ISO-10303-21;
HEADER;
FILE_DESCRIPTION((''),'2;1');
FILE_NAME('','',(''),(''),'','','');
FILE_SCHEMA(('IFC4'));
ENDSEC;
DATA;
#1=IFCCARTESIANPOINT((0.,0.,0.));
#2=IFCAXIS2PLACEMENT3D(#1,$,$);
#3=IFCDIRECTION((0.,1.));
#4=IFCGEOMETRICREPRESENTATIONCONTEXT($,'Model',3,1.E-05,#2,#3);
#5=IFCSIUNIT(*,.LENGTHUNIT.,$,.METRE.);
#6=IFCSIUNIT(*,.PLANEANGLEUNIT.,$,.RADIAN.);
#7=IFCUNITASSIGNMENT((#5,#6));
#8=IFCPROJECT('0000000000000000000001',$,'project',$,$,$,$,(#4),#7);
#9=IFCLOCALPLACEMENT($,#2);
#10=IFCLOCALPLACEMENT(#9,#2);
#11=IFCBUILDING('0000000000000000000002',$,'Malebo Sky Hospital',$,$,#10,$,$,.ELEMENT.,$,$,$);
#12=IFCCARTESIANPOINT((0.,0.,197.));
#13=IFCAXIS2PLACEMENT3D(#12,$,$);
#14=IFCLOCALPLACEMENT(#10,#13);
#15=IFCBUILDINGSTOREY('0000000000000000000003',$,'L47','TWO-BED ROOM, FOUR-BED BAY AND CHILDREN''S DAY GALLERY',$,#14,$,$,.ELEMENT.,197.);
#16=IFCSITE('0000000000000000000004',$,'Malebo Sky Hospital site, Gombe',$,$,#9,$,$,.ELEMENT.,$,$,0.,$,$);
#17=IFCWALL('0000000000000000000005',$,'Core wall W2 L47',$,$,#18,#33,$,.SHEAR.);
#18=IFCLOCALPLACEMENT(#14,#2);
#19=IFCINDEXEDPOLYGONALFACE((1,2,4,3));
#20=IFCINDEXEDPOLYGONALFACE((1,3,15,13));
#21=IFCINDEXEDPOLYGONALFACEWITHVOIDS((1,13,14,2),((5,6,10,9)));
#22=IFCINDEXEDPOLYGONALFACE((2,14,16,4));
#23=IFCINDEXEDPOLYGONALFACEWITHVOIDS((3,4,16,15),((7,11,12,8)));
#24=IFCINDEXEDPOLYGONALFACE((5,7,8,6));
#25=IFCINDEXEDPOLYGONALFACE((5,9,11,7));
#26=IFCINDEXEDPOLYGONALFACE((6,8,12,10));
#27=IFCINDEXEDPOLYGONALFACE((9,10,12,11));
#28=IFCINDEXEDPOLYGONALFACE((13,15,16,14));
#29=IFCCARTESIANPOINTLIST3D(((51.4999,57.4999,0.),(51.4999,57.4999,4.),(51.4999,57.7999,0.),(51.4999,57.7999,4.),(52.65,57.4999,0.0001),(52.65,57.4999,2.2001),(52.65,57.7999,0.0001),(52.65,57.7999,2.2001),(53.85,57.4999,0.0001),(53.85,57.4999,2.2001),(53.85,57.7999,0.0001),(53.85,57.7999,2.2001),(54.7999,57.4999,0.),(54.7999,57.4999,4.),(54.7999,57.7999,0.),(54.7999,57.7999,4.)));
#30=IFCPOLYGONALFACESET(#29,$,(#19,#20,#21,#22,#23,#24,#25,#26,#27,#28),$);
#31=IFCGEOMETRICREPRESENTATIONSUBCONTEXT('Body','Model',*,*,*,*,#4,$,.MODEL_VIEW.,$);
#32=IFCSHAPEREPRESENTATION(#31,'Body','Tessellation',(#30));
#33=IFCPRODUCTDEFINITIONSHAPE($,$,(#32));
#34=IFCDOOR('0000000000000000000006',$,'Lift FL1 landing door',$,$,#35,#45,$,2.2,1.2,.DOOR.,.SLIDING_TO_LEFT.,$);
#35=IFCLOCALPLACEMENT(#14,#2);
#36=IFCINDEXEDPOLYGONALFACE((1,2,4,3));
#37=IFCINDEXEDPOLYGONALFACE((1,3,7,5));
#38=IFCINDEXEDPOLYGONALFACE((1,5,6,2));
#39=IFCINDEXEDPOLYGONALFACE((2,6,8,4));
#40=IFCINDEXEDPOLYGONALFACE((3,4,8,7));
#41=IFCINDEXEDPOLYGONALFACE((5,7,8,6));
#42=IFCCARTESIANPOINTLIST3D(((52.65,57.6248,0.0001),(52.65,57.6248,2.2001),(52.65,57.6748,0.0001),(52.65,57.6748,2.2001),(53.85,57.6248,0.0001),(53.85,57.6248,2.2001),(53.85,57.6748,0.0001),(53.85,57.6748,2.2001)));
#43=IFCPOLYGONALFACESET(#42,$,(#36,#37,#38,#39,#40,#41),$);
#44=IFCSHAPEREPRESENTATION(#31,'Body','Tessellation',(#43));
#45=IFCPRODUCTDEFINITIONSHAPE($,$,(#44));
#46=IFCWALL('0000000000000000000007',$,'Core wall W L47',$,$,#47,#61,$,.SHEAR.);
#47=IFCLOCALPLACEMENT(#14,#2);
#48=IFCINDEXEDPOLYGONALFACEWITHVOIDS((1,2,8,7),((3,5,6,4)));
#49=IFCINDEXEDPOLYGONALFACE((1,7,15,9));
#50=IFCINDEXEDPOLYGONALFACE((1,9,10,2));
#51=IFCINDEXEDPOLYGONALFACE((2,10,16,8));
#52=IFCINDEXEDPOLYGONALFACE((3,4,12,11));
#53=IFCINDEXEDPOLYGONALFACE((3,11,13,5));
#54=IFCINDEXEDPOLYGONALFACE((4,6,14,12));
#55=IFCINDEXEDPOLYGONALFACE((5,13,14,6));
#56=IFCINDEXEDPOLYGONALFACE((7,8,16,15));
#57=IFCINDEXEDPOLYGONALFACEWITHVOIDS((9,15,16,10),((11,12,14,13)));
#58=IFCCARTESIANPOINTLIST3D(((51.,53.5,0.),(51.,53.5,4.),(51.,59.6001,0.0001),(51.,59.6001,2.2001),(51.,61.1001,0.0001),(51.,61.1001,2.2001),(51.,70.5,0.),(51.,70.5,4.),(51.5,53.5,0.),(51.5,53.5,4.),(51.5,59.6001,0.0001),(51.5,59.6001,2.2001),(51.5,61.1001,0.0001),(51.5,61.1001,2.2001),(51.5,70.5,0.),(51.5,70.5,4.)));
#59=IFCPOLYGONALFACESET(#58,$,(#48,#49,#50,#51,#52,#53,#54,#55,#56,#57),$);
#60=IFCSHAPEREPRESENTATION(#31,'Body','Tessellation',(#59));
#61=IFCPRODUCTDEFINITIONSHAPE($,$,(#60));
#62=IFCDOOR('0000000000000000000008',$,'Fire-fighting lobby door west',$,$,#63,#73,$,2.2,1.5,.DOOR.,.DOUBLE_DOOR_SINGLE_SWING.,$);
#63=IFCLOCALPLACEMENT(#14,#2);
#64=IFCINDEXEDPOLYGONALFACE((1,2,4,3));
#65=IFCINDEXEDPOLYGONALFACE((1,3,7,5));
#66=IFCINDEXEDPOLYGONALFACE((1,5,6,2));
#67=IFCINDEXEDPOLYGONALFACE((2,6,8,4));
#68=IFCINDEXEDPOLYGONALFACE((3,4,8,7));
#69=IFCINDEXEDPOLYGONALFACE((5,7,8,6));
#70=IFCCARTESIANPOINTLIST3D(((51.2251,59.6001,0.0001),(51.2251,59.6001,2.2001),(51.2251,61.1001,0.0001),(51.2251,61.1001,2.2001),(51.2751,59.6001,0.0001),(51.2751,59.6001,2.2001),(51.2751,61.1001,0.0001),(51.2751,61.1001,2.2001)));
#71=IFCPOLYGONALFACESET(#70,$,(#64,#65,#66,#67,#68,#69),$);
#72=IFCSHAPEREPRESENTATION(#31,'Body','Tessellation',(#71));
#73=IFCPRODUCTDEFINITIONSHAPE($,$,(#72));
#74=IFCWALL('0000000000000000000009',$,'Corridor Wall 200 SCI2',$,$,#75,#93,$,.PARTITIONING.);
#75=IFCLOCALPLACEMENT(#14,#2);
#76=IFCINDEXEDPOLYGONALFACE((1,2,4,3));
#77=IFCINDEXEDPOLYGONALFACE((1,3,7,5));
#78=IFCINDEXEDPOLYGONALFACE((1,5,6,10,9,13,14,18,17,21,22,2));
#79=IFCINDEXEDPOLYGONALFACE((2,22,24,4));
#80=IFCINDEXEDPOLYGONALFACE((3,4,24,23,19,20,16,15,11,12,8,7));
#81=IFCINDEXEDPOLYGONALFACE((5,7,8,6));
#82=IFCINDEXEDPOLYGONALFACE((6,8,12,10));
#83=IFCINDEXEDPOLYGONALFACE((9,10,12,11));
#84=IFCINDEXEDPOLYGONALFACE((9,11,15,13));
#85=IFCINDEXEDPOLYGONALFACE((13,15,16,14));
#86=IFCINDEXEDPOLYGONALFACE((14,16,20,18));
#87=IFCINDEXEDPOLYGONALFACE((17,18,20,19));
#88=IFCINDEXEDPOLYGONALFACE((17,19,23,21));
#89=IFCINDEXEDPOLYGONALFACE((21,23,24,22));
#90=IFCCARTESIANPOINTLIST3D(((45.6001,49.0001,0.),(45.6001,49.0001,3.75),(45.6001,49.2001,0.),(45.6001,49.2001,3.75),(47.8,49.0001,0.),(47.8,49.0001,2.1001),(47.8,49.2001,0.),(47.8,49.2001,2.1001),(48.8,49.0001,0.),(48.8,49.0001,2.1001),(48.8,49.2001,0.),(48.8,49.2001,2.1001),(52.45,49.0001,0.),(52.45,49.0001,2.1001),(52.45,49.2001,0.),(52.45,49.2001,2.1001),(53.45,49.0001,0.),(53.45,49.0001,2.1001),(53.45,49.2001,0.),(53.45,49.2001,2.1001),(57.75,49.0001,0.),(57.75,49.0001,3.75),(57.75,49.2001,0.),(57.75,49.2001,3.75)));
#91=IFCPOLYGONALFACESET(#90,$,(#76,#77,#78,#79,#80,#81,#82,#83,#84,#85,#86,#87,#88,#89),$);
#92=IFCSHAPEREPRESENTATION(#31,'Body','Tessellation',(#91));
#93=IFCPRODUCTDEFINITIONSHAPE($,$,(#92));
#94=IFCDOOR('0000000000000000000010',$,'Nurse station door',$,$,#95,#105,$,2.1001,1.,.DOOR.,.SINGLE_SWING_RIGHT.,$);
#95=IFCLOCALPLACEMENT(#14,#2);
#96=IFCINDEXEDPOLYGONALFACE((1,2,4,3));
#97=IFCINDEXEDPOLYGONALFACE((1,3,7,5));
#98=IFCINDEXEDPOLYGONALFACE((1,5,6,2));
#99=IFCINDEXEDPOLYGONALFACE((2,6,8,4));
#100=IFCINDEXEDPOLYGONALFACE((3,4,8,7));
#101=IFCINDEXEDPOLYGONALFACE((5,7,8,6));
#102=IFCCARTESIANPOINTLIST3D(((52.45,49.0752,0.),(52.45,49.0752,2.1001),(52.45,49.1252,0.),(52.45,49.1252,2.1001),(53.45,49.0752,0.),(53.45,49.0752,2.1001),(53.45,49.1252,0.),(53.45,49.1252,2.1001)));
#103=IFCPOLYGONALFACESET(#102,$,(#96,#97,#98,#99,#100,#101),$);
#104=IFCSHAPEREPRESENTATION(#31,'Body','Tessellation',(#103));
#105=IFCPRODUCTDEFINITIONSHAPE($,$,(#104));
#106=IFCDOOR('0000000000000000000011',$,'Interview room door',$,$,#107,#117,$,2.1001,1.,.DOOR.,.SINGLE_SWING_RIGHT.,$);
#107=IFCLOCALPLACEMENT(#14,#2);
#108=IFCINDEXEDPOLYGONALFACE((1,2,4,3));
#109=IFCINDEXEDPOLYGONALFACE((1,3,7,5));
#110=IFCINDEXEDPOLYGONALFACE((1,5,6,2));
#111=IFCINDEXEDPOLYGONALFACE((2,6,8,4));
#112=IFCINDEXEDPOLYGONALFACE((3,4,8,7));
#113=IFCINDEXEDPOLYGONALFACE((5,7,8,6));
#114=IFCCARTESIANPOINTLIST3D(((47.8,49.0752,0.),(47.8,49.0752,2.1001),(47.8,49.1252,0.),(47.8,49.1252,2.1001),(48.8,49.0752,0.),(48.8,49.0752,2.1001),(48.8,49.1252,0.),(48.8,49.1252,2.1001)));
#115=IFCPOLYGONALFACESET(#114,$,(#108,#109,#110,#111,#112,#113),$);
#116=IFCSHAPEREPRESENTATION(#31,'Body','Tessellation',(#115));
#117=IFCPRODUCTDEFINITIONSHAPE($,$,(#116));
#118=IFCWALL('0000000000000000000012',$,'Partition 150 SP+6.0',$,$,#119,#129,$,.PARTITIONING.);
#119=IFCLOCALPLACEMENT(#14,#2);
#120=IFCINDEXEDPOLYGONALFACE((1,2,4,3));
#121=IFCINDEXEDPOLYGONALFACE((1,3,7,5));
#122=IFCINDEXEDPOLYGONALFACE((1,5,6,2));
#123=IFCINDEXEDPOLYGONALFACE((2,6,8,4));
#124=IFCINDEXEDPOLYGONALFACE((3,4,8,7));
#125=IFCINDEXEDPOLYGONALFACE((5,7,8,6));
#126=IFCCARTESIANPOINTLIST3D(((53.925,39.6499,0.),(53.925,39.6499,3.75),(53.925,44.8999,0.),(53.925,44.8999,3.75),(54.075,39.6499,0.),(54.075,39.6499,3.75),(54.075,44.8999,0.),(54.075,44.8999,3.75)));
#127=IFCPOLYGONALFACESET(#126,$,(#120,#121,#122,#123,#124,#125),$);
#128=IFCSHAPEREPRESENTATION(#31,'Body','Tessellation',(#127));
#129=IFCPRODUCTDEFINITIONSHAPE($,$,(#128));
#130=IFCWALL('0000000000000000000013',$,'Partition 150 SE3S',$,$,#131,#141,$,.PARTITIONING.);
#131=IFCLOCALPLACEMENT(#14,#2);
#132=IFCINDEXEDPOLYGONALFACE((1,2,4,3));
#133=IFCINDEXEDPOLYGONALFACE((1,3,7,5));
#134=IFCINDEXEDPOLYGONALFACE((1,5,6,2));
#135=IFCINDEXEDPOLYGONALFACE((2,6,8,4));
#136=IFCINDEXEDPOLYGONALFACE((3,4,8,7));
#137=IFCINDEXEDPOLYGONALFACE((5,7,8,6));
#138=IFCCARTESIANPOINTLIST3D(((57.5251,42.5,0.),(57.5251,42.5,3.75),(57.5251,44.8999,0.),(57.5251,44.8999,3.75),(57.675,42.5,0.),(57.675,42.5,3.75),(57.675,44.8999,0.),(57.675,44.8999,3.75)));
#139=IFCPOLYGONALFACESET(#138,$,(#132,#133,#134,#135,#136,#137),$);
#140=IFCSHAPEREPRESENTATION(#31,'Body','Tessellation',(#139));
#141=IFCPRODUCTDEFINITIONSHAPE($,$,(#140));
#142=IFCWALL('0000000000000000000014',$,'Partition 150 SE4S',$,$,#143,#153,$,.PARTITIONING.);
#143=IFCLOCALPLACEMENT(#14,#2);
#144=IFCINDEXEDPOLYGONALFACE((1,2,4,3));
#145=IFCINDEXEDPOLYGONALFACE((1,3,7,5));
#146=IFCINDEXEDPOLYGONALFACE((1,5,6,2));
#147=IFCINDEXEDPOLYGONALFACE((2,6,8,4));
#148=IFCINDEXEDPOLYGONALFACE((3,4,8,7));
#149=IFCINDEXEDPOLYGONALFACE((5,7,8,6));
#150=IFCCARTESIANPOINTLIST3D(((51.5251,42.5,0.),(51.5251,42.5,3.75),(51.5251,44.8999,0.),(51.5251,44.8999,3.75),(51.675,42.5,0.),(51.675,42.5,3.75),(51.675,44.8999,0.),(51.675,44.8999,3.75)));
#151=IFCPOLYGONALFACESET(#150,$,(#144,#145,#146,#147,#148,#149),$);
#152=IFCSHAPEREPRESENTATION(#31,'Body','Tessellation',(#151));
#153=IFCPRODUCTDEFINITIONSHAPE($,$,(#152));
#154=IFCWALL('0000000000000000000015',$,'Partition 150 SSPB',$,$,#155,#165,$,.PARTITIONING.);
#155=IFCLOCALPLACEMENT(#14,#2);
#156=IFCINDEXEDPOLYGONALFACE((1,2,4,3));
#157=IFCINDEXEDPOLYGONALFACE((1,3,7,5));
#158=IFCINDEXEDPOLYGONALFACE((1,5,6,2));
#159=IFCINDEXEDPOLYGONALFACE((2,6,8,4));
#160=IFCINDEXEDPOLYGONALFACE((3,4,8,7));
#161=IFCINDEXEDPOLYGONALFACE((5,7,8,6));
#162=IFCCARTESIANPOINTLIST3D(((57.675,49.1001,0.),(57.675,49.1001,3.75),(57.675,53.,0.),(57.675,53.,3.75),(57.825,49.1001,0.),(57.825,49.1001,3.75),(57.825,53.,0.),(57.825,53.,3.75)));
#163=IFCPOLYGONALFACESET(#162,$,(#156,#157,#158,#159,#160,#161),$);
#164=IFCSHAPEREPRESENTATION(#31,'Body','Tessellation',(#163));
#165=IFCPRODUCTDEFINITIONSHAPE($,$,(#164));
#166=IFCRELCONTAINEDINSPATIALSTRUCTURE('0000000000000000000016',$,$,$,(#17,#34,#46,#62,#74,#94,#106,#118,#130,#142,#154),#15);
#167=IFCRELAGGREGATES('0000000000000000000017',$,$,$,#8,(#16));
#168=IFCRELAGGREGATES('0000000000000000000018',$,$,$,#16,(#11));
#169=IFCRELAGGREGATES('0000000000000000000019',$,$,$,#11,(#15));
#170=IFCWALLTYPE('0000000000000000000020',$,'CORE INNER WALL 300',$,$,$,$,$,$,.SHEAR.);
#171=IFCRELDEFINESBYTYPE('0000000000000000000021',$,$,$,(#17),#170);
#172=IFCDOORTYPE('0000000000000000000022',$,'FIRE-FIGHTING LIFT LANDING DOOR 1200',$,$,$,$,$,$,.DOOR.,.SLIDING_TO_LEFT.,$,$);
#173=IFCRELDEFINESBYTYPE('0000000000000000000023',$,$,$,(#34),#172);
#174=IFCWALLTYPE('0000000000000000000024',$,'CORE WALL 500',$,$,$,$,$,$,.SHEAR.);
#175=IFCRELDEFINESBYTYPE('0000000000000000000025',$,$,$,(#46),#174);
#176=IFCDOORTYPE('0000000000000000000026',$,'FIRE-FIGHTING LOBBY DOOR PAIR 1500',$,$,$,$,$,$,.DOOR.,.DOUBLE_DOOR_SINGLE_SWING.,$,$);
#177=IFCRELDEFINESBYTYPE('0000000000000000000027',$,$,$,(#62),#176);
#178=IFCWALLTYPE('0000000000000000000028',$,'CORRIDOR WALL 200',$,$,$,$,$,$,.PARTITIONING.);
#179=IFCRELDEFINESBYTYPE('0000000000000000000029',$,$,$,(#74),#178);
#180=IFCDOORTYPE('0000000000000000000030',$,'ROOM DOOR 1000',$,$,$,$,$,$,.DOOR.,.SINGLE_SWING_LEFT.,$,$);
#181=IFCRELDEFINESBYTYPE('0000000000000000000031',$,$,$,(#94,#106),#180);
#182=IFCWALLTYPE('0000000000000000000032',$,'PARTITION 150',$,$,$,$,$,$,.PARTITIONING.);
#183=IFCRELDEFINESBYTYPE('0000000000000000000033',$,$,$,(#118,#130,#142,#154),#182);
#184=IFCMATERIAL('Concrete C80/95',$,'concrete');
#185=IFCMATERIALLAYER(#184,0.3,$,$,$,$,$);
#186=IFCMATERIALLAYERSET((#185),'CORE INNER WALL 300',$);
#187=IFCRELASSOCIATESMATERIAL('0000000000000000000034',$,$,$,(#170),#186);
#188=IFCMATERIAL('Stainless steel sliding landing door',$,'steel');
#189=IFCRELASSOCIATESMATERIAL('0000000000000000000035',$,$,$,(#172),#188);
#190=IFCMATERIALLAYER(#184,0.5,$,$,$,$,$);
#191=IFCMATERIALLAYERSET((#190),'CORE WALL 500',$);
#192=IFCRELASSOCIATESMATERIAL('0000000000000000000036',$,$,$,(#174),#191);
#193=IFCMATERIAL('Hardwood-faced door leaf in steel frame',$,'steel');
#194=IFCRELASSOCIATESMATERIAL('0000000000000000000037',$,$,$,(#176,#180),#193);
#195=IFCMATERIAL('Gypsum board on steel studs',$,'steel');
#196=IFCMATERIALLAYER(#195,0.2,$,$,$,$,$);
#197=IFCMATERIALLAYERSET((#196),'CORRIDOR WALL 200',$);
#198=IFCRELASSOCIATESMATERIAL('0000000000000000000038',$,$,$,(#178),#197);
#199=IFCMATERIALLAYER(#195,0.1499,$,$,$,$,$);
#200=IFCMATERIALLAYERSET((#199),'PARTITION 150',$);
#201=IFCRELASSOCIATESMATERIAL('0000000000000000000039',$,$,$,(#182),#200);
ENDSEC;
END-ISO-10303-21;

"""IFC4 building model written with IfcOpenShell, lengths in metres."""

from ifc_helpers import new_model, si_unit, direction, frame, frame_2d, origin, place, context, subcontext, project, spatial, rectangle, extrude, material, layer, layer_set, type_object, element, fill, save


model = new_model("IFC4")

# Units and contexts
model_context = context("Model", 3, precision=1e-05, world=origin(), true_north=direction((0.0, 1.0)))
body_context = subcontext(model_context, "Body", "Model", "MODEL_VIEW")
ifc_project = project(units=[si_unit("LENGTHUNIT", "METRE"), si_unit("PLANEANGLEUNIT", "RADIAN")], contexts=[model_context])

# Site, building, storey
site_placement = place(None, origin())
site = spatial("IfcSite", under=ifc_project, at=site_placement, Name="Malebo Sky Hospital site, Gombe", CompositionType="ELEMENT", RefElevation=0.0)
building_placement = place(site_placement, origin())
building = spatial("IfcBuilding", under=site, at=building_placement, Name="Malebo Sky Hospital", CompositionType="ELEMENT")
storey_placement = place(building_placement, frame((0.0, 0.0, 197.0)))
storey = spatial("IfcBuildingStorey", under=building, at=storey_placement, Name="L47", Description="TWO-BED ROOM, FOUR-BED BAY AND CHILDREN'S DAY GALLERY", CompositionType="ELEMENT", Elevation=197.0)

# Shared definitions
ifc_material_1 = material(Name="Concrete C80/95", Category="concrete")
ifc_material_2 = material(Name="Hardwood-faced door leaf in steel frame", Category="steel")
ifc_material_3 = material(Name="Stainless steel sliding landing door", Category="steel")

# Shared definitions
ifc_layer_1 = layer(ifc_material_1, 0.3)
ifc_layer_set_1 = layer_set([ifc_layer_1], Name="CORE INNER WALL 300")
wall_type_1 = type_object("IfcWallType", Name="CORE INNER WALL 300", PredefinedType="SHEAR", material=ifc_layer_set_1)

# Walls, openings, doors
wall_1_placement = place(storey_placement, frame((51.5, 57.6499, 0.0), z_axis=(0.0, 0.0, 1.0), x_axis=(1.0, 0.0, 0.0)))
wall_1 = element("IfcWall", 1, at=wall_1_placement, inside=storey, type_object=wall_type_1, Name="Core wall W2 L47", PredefinedType="SHEAR", context=body_context, shape_type="SweptSolid", body=[
    extrude(rectangle(XDim=3.3, YDim=0.3, at=frame_2d((1.6499, 0.0))), origin(), (0.0, 0.0, 1.0), 4.0),
])
opening_1_placement = place(wall_1_placement, frame((1.1499, 0.0, 0.0)))
opening_1 = element("IfcOpeningElement", 2, at=opening_1_placement, cuts=wall_1, PredefinedType="OPENING", context=body_context, shape_type="SweptSolid", body=[
    extrude(rectangle(XDim=1.2, YDim=2.2, at=frame_2d((0.6001, 1.1001))), frame((0.0, 0.1599, 0.0), z_axis=(0.0, -1.0, 0.0), x_axis=(1.0, 0.0, 0.0)), (0.0, 0.0, 1.0), 0.3201),
])
door_type_1 = type_object("IfcDoorType", Name="FIRE-FIGHTING LIFT LANDING DOOR 1200", OperationType="SLIDING_TO_LEFT", PredefinedType="DOOR", material=ifc_material_3)
door_1_placement = place(opening_1_placement, origin())
door_1 = element("IfcDoor", 3, at=door_1_placement, inside=storey, type_object=door_type_1, Name="Lift FL1 landing door", OperationType="SLIDING_TO_LEFT", OverallHeight=2.2, OverallWidth=1.2, PredefinedType="DOOR", context=body_context, shape_type="SweptSolid", body=[
    extrude(rectangle(XDim=1.2, YDim=2.2, at=frame_2d((0.6001, 1.1001))), frame((0.0, 0.0249, 0.0), z_axis=(0.0, -1.0, 0.0), x_axis=(1.0, 0.0, 0.0)), (0.0, 0.0, 1.0), 0.05),
])
fill(opening_1, door_1)
ifc_layer_2 = layer(ifc_material_1, 0.5)
ifc_layer_set_2 = layer_set([ifc_layer_2], Name="CORE WALL 500")
wall_type_2 = type_object("IfcWallType", Name="CORE WALL 500", PredefinedType="SHEAR", material=ifc_layer_set_2)
wall_2_placement = place(storey_placement, frame((51.25, 53.5, 0.0), z_axis=(0.0, 0.0, 1.0), x_axis=(0.0, 1.0, 0.0)))
wall_2 = element("IfcWall", 4, at=wall_2_placement, inside=storey, type_object=wall_type_2, Name="Core wall W L47", PredefinedType="SHEAR", context=body_context, shape_type="SweptSolid", body=[
    extrude(rectangle(XDim=17.0, YDim=0.5, at=frame_2d((8.5, 0.0))), origin(), (0.0, 0.0, 1.0), 4.0),
])
opening_2_placement = place(wall_2_placement, frame((6.1001, 0.0, 0.0)))
opening_2 = element("IfcOpeningElement", 5, at=opening_2_placement, cuts=wall_2, PredefinedType="OPENING", context=body_context, shape_type="SweptSolid", body=[
    extrude(rectangle(XDim=1.5, YDim=2.2, at=frame_2d((0.75, 1.1001))), frame((0.0, 0.26, 0.0), z_axis=(0.0, -1.0, 0.0), x_axis=(1.0, 0.0, 0.0)), (0.0, 0.0, 1.0), 0.52),
])
door_type_2 = type_object("IfcDoorType", Name="FIRE-FIGHTING LOBBY DOOR PAIR 1500", OperationType="DOUBLE_DOOR_SINGLE_SWING", PredefinedType="DOOR", material=ifc_material_2)
door_2_placement = place(opening_2_placement, origin())
door_2 = element("IfcDoor", 6, at=door_2_placement, inside=storey, type_object=door_type_2, Name="Fire-fighting lobby door west", OperationType="DOUBLE_DOOR_SINGLE_SWING", OverallHeight=2.2, OverallWidth=1.5, PredefinedType="DOOR", context=body_context, shape_type="SweptSolid", body=[
    extrude(rectangle(XDim=1.5, YDim=2.2, at=frame_2d((0.75, 1.1001))), frame((0.0, 0.0249, 0.0), z_axis=(0.0, -1.0, 0.0), x_axis=(1.0, 0.0, 0.0)), (0.0, 0.0, 1.0), 0.05),
])
fill(opening_2, door_2)

# Wall, openings, doors
ifc_material_4 = material(Name="Gypsum board on steel studs", Category="steel")
ifc_layer_3 = layer(ifc_material_4, 0.2)
ifc_layer_set_3 = layer_set([ifc_layer_3], Name="CORRIDOR WALL 200")
wall_type_3 = type_object("IfcWallType", Name="CORRIDOR WALL 200", PredefinedType="PARTITIONING", material=ifc_layer_set_3)
wall_3_placement = place(storey_placement, frame((57.75, 49.1001, 0.0), z_axis=(0.0, 0.0, 1.0), x_axis=(-1.0, 0.0, 0.0)))
wall_3 = element("IfcWall", 7, at=wall_3_placement, inside=storey, type_object=wall_type_3, Name="Corridor Wall 200 SCI2", PredefinedType="PARTITIONING", context=body_context, shape_type="SweptSolid", body=[
    extrude(rectangle(XDim=12.1499, YDim=0.2, at=frame_2d((6.075, 0.0))), origin(), (0.0, 0.0, 1.0), 3.75),
])
opening_3_placement = place(wall_3_placement, frame((4.3, 0.0, 0.0)))
opening_3 = element("IfcOpeningElement", 8, at=opening_3_placement, cuts=wall_3, PredefinedType="OPENING", context=body_context, shape_type="SweptSolid", body=[
    extrude(rectangle(XDim=1.0, YDim=2.1001, at=frame_2d((0.5, 1.05))), frame((0.0, 0.1099, 0.0), z_axis=(0.0, -1.0, 0.0), x_axis=(1.0, 0.0, 0.0)), (0.0, 0.0, 1.0), 0.22),
])
opening_4_placement = place(wall_3_placement, frame((8.95, 0.0, 0.0)))
opening_4 = element("IfcOpeningElement", 9, at=opening_4_placement, cuts=wall_3, PredefinedType="OPENING", context=body_context, shape_type="SweptSolid", body=[
    extrude(rectangle(XDim=1.0, YDim=2.1001, at=frame_2d((0.5, 1.05))), frame((0.0, 0.1099, 0.0), z_axis=(0.0, -1.0, 0.0), x_axis=(1.0, 0.0, 0.0)), (0.0, 0.0, 1.0), 0.22),
])
door_type_3 = type_object("IfcDoorType", Name="ROOM DOOR 1000", OperationType="SINGLE_SWING_LEFT", PredefinedType="DOOR", material=ifc_material_2)
door_3_placement = place(opening_3_placement, origin())
door_3 = element("IfcDoor", 10, at=door_3_placement, inside=storey, type_object=door_type_3, Name="Nurse station door", OperationType="SINGLE_SWING_RIGHT", OverallHeight=2.1001, OverallWidth=1.0, PredefinedType="DOOR", context=body_context, shape_type="SweptSolid", body=[
    extrude(rectangle(XDim=1.0, YDim=2.1001, at=frame_2d((0.5, 1.05))), frame((0.0, 0.0249, 0.0), z_axis=(0.0, -1.0, 0.0), x_axis=(1.0, 0.0, 0.0)), (0.0, 0.0, 1.0), 0.05),
])
fill(opening_3, door_3)
door_4_placement = place(opening_4_placement, origin())
door_4 = element("IfcDoor", 11, at=door_4_placement, inside=storey, type_object=door_type_3, Name="Interview room door", OperationType="SINGLE_SWING_RIGHT", OverallHeight=2.1001, OverallWidth=1.0, PredefinedType="DOOR", context=body_context, shape_type="SweptSolid", body=[
    extrude(rectangle(XDim=1.0, YDim=2.1001, at=frame_2d((0.5, 1.05))), frame((0.0, 0.0249, 0.0), z_axis=(0.0, -1.0, 0.0), x_axis=(1.0, 0.0, 0.0)), (0.0, 0.0, 1.0), 0.05),
])
fill(opening_4, door_4)

# Walls
ifc_layer_4 = layer(ifc_material_4, 0.1499)
ifc_layer_set_4 = layer_set([ifc_layer_4], Name="PARTITION 150")
wall_type_4 = type_object("IfcWallType", Name="PARTITION 150", PredefinedType="PARTITIONING", material=ifc_layer_set_4)
wall_4_placement = place(storey_placement, frame((54.0, 44.8999, 0.0), z_axis=(0.0, 0.0, 1.0), x_axis=(0.0, -1.0, 0.0)))
element("IfcWall", 12, at=wall_4_placement, inside=storey, type_object=wall_type_4, Name="Partition 150 SP+6.0", PredefinedType="PARTITIONING", context=body_context, shape_type="SweptSolid", body=[
    extrude(rectangle(XDim=5.25, YDim=0.1499, at=frame_2d((2.625, 0.0))), origin(), (0.0, 0.0, 1.0), 3.75),
])
for number, where, z_axis, x_axis, name in (
    (13, (57.6001, 44.8999, 0.0), (0.0, 0.0, 1.0), (0.0, -1.0, 0.0), "Partition 150 SE3S"),
    (14, (51.6001, 44.8999, 0.0), (0.0, 0.0, 1.0), (0.0, -1.0, 0.0), "Partition 150 SE4S"),
):
    element("IfcWall", number, at=place(storey_placement, frame(where, z_axis=z_axis, x_axis=x_axis)), inside=storey, type_object=wall_type_4, Name=name, PredefinedType="PARTITIONING", context=body_context, shape_type="SweptSolid", body=[
        extrude(rectangle(XDim=2.3999, YDim=0.1499, at=frame_2d((1.2, 0.0))), origin(), (0.0, 0.0, 1.0), 3.75),
    ])
wall_5_placement = place(storey_placement, frame((57.75, 53.0, 0.0), z_axis=(0.0, 0.0, 1.0), x_axis=(0.0, -1.0, 0.0)))
element("IfcWall", 15, at=wall_5_placement, inside=storey, type_object=wall_type_4, Name="Partition 150 SSPB", PredefinedType="PARTITIONING", context=body_context, shape_type="SweptSolid", body=[
    extrude(rectangle(XDim=3.8999, YDim=0.1499, at=frame_2d((1.95, 0.0))), origin(), (0.0, 0.0, 1.0), 3.75),
])

save(model, "model.ifc")
